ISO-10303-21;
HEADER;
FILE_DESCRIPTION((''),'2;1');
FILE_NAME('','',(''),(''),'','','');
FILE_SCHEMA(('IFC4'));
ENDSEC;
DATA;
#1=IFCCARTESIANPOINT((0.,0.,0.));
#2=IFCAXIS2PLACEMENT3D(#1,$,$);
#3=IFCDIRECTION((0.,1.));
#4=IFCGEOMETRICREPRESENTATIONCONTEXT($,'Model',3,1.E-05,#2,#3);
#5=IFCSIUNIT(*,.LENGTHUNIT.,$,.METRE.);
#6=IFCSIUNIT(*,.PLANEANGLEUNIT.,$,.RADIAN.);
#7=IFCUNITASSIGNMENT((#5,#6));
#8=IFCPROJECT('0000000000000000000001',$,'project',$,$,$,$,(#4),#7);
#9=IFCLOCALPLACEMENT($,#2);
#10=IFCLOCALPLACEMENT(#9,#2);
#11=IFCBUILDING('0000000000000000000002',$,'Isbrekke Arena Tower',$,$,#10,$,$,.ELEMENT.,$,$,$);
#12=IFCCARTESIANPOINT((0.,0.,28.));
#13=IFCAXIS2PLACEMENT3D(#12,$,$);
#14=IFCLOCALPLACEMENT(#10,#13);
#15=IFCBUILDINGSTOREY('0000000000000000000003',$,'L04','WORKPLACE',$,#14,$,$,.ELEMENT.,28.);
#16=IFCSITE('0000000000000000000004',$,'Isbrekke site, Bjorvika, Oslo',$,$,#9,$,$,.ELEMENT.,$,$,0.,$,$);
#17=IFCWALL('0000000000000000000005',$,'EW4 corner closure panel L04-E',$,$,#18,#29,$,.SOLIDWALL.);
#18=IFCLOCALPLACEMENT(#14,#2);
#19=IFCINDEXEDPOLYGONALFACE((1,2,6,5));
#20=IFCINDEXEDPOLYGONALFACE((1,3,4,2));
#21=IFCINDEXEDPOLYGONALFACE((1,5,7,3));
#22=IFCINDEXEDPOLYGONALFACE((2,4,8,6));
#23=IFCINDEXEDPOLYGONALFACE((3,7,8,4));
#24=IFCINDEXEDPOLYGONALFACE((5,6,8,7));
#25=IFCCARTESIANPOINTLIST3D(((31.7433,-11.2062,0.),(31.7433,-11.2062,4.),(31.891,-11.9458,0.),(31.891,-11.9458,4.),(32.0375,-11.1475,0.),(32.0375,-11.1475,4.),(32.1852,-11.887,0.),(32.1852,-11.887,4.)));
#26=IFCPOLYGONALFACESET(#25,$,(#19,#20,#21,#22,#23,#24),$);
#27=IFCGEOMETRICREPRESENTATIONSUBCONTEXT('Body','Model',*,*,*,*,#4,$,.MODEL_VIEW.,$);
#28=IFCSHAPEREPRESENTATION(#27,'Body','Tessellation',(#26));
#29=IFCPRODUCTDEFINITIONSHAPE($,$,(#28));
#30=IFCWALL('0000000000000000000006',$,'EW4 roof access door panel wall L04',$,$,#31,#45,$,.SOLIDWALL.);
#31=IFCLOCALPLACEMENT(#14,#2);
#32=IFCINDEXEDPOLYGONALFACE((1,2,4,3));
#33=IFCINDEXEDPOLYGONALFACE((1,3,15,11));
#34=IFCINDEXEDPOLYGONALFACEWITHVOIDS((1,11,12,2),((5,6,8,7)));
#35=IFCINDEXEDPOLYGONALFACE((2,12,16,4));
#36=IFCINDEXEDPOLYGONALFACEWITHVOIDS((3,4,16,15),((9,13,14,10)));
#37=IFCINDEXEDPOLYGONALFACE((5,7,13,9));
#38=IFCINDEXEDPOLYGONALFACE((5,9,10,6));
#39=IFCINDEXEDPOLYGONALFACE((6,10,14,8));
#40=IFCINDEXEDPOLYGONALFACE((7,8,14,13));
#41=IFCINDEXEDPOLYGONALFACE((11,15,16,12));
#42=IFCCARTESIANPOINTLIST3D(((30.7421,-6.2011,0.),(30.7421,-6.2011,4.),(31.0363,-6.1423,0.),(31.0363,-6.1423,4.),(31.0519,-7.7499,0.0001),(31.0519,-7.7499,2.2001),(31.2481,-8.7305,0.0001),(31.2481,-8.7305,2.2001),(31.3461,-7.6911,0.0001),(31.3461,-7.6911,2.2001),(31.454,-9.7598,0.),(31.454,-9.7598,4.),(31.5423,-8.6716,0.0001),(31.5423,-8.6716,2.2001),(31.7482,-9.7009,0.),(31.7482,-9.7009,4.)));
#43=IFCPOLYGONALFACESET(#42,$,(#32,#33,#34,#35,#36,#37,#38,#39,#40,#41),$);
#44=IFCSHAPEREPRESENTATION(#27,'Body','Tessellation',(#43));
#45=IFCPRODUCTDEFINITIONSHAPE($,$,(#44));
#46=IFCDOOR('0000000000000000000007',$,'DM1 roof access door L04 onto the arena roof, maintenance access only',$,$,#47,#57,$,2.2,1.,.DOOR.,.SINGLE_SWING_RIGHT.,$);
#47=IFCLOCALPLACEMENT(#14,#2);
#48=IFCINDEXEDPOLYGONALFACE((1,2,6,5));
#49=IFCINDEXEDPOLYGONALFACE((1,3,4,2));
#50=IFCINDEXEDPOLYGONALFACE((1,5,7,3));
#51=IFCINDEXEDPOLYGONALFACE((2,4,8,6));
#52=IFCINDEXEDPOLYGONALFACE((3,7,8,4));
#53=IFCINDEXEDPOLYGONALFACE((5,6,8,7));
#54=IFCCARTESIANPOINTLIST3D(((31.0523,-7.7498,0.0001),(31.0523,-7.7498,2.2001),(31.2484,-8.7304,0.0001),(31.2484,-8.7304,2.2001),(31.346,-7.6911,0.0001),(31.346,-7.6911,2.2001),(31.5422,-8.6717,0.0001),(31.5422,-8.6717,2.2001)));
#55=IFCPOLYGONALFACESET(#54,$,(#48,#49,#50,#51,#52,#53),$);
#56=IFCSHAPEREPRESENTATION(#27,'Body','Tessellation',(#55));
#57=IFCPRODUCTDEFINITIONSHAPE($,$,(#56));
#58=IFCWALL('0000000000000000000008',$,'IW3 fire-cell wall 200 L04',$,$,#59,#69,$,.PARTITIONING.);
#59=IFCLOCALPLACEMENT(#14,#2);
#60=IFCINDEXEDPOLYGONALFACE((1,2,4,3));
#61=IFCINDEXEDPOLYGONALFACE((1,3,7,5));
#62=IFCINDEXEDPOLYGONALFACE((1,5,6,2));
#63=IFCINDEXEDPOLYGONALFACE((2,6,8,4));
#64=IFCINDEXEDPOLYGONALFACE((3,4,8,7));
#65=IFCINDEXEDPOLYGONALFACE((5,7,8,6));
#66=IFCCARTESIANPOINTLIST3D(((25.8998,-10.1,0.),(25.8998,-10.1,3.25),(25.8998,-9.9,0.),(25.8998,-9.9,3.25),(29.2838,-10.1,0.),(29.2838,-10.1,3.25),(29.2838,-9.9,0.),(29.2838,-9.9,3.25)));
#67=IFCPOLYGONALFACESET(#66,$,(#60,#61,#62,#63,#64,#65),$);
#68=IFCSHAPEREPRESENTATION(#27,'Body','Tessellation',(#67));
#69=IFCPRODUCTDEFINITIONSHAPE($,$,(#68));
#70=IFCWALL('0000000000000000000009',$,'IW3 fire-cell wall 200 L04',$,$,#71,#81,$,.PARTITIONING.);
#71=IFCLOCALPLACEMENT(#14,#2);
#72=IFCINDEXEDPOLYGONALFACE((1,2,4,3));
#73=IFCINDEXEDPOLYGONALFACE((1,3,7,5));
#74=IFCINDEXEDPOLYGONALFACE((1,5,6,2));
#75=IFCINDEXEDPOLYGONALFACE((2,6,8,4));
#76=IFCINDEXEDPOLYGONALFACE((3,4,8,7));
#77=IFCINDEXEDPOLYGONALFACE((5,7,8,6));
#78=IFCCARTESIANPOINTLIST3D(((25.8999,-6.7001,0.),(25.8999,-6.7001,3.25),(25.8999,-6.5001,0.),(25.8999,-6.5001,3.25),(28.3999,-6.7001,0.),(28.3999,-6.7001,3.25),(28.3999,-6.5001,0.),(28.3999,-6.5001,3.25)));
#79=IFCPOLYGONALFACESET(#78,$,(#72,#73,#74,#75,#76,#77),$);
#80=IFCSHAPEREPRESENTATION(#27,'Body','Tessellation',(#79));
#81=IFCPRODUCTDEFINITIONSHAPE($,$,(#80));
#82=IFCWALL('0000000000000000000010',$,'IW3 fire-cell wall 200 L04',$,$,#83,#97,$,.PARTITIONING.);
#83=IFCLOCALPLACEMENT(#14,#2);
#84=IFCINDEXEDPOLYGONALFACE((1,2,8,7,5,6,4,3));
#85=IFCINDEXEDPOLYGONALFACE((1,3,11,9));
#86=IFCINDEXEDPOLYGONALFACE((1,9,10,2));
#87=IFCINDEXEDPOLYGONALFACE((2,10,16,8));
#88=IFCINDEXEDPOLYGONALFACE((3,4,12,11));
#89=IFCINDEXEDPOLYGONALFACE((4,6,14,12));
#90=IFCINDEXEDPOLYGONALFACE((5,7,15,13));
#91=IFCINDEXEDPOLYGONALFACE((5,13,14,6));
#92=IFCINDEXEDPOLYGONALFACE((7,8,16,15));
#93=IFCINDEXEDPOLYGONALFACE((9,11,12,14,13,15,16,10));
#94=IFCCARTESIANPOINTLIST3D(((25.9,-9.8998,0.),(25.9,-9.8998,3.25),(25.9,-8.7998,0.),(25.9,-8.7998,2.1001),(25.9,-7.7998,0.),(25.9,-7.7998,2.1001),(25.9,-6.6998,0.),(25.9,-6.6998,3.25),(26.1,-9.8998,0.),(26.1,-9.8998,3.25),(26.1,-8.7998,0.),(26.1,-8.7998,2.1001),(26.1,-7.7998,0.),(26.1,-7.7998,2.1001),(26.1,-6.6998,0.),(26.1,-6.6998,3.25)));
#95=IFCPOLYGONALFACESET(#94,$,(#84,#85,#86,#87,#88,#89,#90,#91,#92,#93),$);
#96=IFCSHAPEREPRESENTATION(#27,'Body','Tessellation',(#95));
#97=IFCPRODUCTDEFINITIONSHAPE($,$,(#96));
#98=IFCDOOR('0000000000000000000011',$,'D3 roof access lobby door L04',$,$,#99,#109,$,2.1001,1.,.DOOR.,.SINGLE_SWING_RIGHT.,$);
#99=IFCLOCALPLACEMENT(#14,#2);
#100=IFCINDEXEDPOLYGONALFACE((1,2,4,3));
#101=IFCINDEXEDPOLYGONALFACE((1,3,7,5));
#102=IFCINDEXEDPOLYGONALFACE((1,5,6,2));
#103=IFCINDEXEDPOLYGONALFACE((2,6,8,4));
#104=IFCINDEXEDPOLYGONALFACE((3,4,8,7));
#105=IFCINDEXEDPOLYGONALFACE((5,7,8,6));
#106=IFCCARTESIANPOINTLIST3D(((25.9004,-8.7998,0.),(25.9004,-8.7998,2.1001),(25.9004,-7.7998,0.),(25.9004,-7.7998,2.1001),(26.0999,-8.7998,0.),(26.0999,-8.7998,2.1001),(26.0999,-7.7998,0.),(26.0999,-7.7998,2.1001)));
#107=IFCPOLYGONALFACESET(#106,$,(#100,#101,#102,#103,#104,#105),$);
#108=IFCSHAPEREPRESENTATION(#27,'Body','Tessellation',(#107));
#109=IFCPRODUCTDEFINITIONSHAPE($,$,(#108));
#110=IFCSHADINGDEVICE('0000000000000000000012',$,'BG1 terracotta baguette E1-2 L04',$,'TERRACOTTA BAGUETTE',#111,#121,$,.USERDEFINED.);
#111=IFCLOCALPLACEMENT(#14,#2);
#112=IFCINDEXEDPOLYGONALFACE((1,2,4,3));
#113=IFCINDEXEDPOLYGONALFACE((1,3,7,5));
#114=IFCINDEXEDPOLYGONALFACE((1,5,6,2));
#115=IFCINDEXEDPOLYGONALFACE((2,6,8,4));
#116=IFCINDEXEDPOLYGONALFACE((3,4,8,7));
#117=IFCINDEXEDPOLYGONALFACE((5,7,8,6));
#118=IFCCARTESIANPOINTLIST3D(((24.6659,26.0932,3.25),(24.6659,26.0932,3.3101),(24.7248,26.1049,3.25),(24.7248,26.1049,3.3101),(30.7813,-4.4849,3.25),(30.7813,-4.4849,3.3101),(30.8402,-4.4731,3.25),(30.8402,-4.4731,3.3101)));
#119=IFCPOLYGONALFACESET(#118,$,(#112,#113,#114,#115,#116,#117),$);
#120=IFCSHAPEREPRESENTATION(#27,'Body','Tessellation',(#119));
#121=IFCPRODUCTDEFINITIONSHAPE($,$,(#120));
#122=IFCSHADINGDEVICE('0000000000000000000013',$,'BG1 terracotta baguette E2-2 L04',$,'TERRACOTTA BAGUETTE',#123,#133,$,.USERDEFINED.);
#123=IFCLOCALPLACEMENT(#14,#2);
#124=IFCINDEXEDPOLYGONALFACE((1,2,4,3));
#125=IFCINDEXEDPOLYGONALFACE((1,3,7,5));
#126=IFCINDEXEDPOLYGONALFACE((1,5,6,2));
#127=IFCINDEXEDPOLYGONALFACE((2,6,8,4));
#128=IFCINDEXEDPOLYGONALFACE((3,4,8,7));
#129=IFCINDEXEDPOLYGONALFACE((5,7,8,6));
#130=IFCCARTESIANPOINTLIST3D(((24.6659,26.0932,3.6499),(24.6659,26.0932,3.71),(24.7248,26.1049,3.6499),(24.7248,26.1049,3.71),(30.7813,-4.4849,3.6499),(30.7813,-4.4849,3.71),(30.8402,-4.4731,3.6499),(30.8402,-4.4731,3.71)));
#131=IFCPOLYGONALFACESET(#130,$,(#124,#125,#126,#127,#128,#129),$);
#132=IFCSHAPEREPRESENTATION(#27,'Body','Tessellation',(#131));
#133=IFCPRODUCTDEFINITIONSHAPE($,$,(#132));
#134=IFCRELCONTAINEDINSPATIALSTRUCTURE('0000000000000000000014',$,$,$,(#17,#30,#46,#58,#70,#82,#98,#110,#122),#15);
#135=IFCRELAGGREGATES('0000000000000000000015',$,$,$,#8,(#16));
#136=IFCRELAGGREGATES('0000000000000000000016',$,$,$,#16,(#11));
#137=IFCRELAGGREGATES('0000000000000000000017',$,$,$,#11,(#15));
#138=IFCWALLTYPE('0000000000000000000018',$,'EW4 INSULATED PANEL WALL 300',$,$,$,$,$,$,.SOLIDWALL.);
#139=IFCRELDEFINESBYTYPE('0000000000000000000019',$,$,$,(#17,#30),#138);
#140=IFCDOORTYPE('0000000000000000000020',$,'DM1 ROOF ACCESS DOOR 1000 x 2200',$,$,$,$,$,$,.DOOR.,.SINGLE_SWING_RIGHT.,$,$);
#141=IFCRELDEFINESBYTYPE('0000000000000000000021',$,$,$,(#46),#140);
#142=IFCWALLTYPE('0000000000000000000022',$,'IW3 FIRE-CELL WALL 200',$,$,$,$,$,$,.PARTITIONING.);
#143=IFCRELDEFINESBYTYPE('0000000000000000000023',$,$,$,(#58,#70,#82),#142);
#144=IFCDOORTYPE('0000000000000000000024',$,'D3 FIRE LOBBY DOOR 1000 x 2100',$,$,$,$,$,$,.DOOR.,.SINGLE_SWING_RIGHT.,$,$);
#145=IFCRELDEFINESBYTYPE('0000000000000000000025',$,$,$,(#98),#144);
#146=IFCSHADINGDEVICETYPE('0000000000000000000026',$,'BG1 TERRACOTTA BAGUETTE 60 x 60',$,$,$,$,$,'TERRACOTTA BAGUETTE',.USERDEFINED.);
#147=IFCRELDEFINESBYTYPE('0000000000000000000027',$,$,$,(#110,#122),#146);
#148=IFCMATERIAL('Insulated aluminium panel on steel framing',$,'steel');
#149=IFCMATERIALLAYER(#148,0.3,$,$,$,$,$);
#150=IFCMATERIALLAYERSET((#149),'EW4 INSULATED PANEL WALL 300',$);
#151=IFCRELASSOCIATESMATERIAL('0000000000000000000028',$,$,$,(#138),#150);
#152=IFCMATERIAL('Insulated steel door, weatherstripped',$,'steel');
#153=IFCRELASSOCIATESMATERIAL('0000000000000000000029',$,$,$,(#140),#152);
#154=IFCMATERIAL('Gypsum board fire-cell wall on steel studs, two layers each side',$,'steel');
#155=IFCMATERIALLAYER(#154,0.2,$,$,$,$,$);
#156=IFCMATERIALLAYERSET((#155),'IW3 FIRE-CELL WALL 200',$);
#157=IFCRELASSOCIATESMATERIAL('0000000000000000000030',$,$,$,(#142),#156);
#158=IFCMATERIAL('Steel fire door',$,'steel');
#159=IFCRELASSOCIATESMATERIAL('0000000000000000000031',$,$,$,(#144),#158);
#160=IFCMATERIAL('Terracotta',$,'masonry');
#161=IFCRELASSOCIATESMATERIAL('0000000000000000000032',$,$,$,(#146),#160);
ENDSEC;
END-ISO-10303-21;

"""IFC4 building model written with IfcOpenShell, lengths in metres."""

from ifc_helpers import new_model, si_unit, direction, frame, frame_2d, origin, origin_2d, place, context, subcontext, project, spatial, rectangle, extrude, material, layer, layer_set, material_profile, profile_set, type_object, element, fill, save


model = new_model("IFC4")

# Units and contexts
model_context = context("Model", 3, precision=1e-05, world=origin(), true_north=direction((0.0, 1.0)))
body_context = subcontext(model_context, "Body", "Model", "MODEL_VIEW")
ifc_project = project(units=[si_unit("LENGTHUNIT", "METRE"), si_unit("PLANEANGLEUNIT", "RADIAN")], contexts=[model_context])

# Site, building, storey
site_placement = place(None, origin())
site = spatial("IfcSite", under=ifc_project, at=site_placement, Name="Isbrekke site, Bjorvika, Oslo", CompositionType="ELEMENT", RefElevation=0.0)
building_placement = place(site_placement, origin())
building = spatial("IfcBuilding", under=site, at=building_placement, Name="Isbrekke Arena Tower", CompositionType="ELEMENT")
storey_placement = place(building_placement, frame((0.0, 0.0, 28.0)))
storey = spatial("IfcBuildingStorey", under=building, at=storey_placement, Name="L04", Description="WORKPLACE", CompositionType="ELEMENT", Elevation=28.0)

# Wall
ifc_material_1 = material(Name="Insulated aluminium panel on steel framing", Category="steel")
ifc_layer_1 = layer(ifc_material_1, 0.3)
ifc_layer_set_1 = layer_set([ifc_layer_1], Name="EW4 INSULATED PANEL WALL 300")
wall_type_1 = type_object("IfcWallType", Name="EW4 INSULATED PANEL WALL 300", PredefinedType="SOLIDWALL", material=ifc_layer_set_1)
wall_1_placement = place(storey_placement, frame((32.0381, -11.9163, 0.0), z_axis=(0.0, 0.0, 1.0), x_axis=(-0.195867, 0.98063, 0.0)))
element("IfcWall", 1, at=wall_1_placement, inside=storey, type_object=wall_type_1, Name="EW4 corner closure panel L04-E", PredefinedType="SOLIDWALL", context=body_context, shape_type="SweptSolid", body=[
    extrude(rectangle(XDim=0.7542, YDim=0.3, at=frame_2d((0.377, 0.0))), origin(), (0.0, 0.0, 1.0), 4.0),
])

# Wall, opening, door
wall_2_placement = place(storey_placement, frame((31.6011, -9.7302, 0.0), z_axis=(0.0, 0.0, 1.0), x_axis=(-0.196168, 0.98057, 0.0)))
wall_2 = element("IfcWall", 2, at=wall_2_placement, inside=storey, type_object=wall_type_1, Name="EW4 roof access door panel wall L04", PredefinedType="SOLIDWALL", context=body_context, shape_type="SweptSolid", body=[
    extrude(rectangle(XDim=3.6292, YDim=0.3, at=frame_2d((1.8145, 0.0))), origin(), (0.0, 0.0, 1.0), 4.0),
])
opening_1_placement = place(wall_2_placement, frame((1.0496, 0.0, 0.0)))
opening_1 = element("IfcOpeningElement", 3, at=opening_1_placement, cuts=wall_2, PredefinedType="OPENING", context=body_context, shape_type="SweptSolid", body=[
    extrude(rectangle(XDim=1.0, YDim=2.2, at=frame_2d((0.5, 1.1001))), frame((0.0, 0.165, 0.0), z_axis=(0.0, -1.0, 0.0), x_axis=(1.0, 0.0, 0.0)), (0.0, 0.0, 1.0), 0.3298),
])
ifc_material_2 = material(Name="Insulated steel door, weatherstripped", Category="steel")
door_type_1 = type_object("IfcDoorType", Name="DM1 ROOF ACCESS DOOR 1000 x 2200", OperationType="SINGLE_SWING_RIGHT", PredefinedType="DOOR", material=ifc_material_2)
door_1_placement = place(opening_1_placement, frame((1.0, 0.0, 0.0), z_axis=(0.0, 0.0, 1.0), x_axis=(-1.0, 0.0, 0.0)))
door_1 = element("IfcDoor", 4, at=door_1_placement, inside=storey, type_object=door_type_1, Name="DM1 roof access door L04 onto the arena roof, maintenance access only", OperationType="SINGLE_SWING_RIGHT", OverallHeight=2.2, OverallWidth=1.0, PredefinedType="DOOR", context=body_context, shape_type="SweptSolid", body=[
    extrude(rectangle(XDim=1.0, YDim=2.2, at=frame_2d((0.5, 1.1001))), frame((0.0, 0.1499, 0.0), z_axis=(0.0, -1.0, 0.0), x_axis=(1.0, 0.0, 0.0)), (0.0, 0.0, 1.0), 0.2996),
])
fill(opening_1, door_1)

# Walls
ifc_material_3 = material(Name="Gypsum board fire-cell wall on steel studs, two layers each side", Category="steel")
ifc_layer_2 = layer(ifc_material_3, 0.2)
ifc_layer_set_2 = layer_set([ifc_layer_2], Name="IW3 FIRE-CELL WALL 200")
wall_type_2 = type_object("IfcWallType", Name="IW3 FIRE-CELL WALL 200", PredefinedType="PARTITIONING", material=ifc_layer_set_2)
wall_3_placement = place(storey_placement, frame((25.8999, -10.0, 0.0), z_axis=(0.0, 0.0, 1.0), x_axis=(1.0, 0.0, 0.0)))
element("IfcWall", 5, at=wall_3_placement, inside=storey, type_object=wall_type_2, Name="IW3 fire-cell wall 200 L04", PredefinedType="PARTITIONING", context=body_context, shape_type="SweptSolid", body=[
    extrude(rectangle(XDim=3.384, YDim=0.2, at=frame_2d((1.6919, 0.0))), origin(), (0.0, 0.0, 1.0), 3.25),
])
wall_4_placement = place(storey_placement, frame((25.8999, -6.6001, 0.0), z_axis=(0.0, 0.0, 1.0), x_axis=(1.0, 0.0, 0.0)))
element("IfcWall", 6, at=wall_4_placement, inside=storey, type_object=wall_type_2, Name="IW3 fire-cell wall 200 L04", PredefinedType="PARTITIONING", context=body_context, shape_type="SweptSolid", body=[
    extrude(rectangle(XDim=2.5, YDim=0.2, at=frame_2d((1.25, 0.0))), origin(), (0.0, 0.0, 1.0), 3.25),
])

# Wall, opening, door
wall_5_placement = place(storey_placement, frame((26.0, -9.8999, 0.0), z_axis=(0.0, 0.0, 1.0), x_axis=(0.0, 1.0, 0.0)))
wall_5 = element("IfcWall", 7, at=wall_5_placement, inside=storey, type_object=wall_type_2, Name="IW3 fire-cell wall 200 L04", PredefinedType="PARTITIONING", context=body_context, shape_type="SweptSolid", body=[
    extrude(rectangle(XDim=3.2, YDim=0.2, at=frame_2d((1.6001, 0.0))), origin(), (0.0, 0.0, 1.0), 3.25),
])
opening_2_placement = place(wall_5_placement, frame((1.1001, 0.0, 0.0)))
opening_2 = element("IfcOpeningElement", 8, at=opening_2_placement, cuts=wall_5, PredefinedType="OPENING", context=body_context, shape_type="SweptSolid", body=[
    extrude(rectangle(XDim=1.0, YDim=2.1001, at=frame_2d((0.5, 1.05))), frame((0.0, 0.1147, 0.0), z_axis=(0.0, -1.0, 0.0), x_axis=(1.0, 0.0, 0.0)), (0.0, 0.0, 1.0), 0.2297),
])
ifc_material_4 = material(Name="Steel fire door", Category="steel")
door_type_2 = type_object("IfcDoorType", Name="D3 FIRE LOBBY DOOR 1000 x 2100", OperationType="SINGLE_SWING_RIGHT", PredefinedType="DOOR", material=ifc_material_4)
door_2_placement = place(opening_2_placement, origin())
door_2 = element("IfcDoor", 9, at=door_2_placement, inside=storey, type_object=door_type_2, Name="D3 roof access lobby door L04", OperationType="SINGLE_SWING_RIGHT", OverallHeight=2.1001, OverallWidth=1.0, PredefinedType="DOOR", context=body_context, shape_type="SweptSolid", body=[
    extrude(rectangle(XDim=1.0, YDim=2.1001, at=frame_2d((0.5, 1.05))), frame((0.0, 0.0996, 0.0), z_axis=(0.0, -1.0, 0.0), x_axis=(1.0, 0.0, 0.0)), (0.0, 0.0, 1.0), 0.1995),
])
fill(opening_2, door_2)

# Shading devices
ifc_material_5 = material(Name="Terracotta", Category="masonry")
ifc_material_profile_1 = material_profile(ifc_material_5, rectangle(XDim=0.0601, YDim=0.0601, at=origin_2d()), Name="BAGUETTE 60X60")
ifc_profile_set_1 = profile_set([ifc_material_profile_1], Name="Terracotta")
shading_device_type = type_object("IfcShadingDeviceType", Name="BG1 TERRACOTTA BAGUETTE 60 x 60", ElementType="TERRACOTTA BAGUETTE", PredefinedType="USERDEFINED", material=ifc_profile_set_1)
for number, where, z_axis, x_axis, name in (
    (10, (30.8108, -4.479, 3.28), (-0.196112, 0.980582, 0.0), (-0.980582, -0.196112, 0.0), "BG1 terracotta baguette E1-2 L04"),
    (11, (30.8108, -4.479, 3.6799), (-0.196112, 0.980582, 0.0), (-0.980582, -0.196112, 0.0), "BG1 terracotta baguette E2-2 L04"),
):
    element("IfcShadingDevice", number, at=place(storey_placement, frame(where, z_axis=z_axis, x_axis=x_axis)), inside=storey, type_object=shading_device_type, Name=name, ObjectType="TERRACOTTA BAGUETTE", PredefinedType="USERDEFINED", context=body_context, shape_type="SweptSolid", body=[
        extrude(rectangle(XDim=0.0601, YDim=0.0601, at=origin_2d()), origin(), (0.0, 0.0, 1.0), 31.1836),
    ])

save(model, "model.ifc")
